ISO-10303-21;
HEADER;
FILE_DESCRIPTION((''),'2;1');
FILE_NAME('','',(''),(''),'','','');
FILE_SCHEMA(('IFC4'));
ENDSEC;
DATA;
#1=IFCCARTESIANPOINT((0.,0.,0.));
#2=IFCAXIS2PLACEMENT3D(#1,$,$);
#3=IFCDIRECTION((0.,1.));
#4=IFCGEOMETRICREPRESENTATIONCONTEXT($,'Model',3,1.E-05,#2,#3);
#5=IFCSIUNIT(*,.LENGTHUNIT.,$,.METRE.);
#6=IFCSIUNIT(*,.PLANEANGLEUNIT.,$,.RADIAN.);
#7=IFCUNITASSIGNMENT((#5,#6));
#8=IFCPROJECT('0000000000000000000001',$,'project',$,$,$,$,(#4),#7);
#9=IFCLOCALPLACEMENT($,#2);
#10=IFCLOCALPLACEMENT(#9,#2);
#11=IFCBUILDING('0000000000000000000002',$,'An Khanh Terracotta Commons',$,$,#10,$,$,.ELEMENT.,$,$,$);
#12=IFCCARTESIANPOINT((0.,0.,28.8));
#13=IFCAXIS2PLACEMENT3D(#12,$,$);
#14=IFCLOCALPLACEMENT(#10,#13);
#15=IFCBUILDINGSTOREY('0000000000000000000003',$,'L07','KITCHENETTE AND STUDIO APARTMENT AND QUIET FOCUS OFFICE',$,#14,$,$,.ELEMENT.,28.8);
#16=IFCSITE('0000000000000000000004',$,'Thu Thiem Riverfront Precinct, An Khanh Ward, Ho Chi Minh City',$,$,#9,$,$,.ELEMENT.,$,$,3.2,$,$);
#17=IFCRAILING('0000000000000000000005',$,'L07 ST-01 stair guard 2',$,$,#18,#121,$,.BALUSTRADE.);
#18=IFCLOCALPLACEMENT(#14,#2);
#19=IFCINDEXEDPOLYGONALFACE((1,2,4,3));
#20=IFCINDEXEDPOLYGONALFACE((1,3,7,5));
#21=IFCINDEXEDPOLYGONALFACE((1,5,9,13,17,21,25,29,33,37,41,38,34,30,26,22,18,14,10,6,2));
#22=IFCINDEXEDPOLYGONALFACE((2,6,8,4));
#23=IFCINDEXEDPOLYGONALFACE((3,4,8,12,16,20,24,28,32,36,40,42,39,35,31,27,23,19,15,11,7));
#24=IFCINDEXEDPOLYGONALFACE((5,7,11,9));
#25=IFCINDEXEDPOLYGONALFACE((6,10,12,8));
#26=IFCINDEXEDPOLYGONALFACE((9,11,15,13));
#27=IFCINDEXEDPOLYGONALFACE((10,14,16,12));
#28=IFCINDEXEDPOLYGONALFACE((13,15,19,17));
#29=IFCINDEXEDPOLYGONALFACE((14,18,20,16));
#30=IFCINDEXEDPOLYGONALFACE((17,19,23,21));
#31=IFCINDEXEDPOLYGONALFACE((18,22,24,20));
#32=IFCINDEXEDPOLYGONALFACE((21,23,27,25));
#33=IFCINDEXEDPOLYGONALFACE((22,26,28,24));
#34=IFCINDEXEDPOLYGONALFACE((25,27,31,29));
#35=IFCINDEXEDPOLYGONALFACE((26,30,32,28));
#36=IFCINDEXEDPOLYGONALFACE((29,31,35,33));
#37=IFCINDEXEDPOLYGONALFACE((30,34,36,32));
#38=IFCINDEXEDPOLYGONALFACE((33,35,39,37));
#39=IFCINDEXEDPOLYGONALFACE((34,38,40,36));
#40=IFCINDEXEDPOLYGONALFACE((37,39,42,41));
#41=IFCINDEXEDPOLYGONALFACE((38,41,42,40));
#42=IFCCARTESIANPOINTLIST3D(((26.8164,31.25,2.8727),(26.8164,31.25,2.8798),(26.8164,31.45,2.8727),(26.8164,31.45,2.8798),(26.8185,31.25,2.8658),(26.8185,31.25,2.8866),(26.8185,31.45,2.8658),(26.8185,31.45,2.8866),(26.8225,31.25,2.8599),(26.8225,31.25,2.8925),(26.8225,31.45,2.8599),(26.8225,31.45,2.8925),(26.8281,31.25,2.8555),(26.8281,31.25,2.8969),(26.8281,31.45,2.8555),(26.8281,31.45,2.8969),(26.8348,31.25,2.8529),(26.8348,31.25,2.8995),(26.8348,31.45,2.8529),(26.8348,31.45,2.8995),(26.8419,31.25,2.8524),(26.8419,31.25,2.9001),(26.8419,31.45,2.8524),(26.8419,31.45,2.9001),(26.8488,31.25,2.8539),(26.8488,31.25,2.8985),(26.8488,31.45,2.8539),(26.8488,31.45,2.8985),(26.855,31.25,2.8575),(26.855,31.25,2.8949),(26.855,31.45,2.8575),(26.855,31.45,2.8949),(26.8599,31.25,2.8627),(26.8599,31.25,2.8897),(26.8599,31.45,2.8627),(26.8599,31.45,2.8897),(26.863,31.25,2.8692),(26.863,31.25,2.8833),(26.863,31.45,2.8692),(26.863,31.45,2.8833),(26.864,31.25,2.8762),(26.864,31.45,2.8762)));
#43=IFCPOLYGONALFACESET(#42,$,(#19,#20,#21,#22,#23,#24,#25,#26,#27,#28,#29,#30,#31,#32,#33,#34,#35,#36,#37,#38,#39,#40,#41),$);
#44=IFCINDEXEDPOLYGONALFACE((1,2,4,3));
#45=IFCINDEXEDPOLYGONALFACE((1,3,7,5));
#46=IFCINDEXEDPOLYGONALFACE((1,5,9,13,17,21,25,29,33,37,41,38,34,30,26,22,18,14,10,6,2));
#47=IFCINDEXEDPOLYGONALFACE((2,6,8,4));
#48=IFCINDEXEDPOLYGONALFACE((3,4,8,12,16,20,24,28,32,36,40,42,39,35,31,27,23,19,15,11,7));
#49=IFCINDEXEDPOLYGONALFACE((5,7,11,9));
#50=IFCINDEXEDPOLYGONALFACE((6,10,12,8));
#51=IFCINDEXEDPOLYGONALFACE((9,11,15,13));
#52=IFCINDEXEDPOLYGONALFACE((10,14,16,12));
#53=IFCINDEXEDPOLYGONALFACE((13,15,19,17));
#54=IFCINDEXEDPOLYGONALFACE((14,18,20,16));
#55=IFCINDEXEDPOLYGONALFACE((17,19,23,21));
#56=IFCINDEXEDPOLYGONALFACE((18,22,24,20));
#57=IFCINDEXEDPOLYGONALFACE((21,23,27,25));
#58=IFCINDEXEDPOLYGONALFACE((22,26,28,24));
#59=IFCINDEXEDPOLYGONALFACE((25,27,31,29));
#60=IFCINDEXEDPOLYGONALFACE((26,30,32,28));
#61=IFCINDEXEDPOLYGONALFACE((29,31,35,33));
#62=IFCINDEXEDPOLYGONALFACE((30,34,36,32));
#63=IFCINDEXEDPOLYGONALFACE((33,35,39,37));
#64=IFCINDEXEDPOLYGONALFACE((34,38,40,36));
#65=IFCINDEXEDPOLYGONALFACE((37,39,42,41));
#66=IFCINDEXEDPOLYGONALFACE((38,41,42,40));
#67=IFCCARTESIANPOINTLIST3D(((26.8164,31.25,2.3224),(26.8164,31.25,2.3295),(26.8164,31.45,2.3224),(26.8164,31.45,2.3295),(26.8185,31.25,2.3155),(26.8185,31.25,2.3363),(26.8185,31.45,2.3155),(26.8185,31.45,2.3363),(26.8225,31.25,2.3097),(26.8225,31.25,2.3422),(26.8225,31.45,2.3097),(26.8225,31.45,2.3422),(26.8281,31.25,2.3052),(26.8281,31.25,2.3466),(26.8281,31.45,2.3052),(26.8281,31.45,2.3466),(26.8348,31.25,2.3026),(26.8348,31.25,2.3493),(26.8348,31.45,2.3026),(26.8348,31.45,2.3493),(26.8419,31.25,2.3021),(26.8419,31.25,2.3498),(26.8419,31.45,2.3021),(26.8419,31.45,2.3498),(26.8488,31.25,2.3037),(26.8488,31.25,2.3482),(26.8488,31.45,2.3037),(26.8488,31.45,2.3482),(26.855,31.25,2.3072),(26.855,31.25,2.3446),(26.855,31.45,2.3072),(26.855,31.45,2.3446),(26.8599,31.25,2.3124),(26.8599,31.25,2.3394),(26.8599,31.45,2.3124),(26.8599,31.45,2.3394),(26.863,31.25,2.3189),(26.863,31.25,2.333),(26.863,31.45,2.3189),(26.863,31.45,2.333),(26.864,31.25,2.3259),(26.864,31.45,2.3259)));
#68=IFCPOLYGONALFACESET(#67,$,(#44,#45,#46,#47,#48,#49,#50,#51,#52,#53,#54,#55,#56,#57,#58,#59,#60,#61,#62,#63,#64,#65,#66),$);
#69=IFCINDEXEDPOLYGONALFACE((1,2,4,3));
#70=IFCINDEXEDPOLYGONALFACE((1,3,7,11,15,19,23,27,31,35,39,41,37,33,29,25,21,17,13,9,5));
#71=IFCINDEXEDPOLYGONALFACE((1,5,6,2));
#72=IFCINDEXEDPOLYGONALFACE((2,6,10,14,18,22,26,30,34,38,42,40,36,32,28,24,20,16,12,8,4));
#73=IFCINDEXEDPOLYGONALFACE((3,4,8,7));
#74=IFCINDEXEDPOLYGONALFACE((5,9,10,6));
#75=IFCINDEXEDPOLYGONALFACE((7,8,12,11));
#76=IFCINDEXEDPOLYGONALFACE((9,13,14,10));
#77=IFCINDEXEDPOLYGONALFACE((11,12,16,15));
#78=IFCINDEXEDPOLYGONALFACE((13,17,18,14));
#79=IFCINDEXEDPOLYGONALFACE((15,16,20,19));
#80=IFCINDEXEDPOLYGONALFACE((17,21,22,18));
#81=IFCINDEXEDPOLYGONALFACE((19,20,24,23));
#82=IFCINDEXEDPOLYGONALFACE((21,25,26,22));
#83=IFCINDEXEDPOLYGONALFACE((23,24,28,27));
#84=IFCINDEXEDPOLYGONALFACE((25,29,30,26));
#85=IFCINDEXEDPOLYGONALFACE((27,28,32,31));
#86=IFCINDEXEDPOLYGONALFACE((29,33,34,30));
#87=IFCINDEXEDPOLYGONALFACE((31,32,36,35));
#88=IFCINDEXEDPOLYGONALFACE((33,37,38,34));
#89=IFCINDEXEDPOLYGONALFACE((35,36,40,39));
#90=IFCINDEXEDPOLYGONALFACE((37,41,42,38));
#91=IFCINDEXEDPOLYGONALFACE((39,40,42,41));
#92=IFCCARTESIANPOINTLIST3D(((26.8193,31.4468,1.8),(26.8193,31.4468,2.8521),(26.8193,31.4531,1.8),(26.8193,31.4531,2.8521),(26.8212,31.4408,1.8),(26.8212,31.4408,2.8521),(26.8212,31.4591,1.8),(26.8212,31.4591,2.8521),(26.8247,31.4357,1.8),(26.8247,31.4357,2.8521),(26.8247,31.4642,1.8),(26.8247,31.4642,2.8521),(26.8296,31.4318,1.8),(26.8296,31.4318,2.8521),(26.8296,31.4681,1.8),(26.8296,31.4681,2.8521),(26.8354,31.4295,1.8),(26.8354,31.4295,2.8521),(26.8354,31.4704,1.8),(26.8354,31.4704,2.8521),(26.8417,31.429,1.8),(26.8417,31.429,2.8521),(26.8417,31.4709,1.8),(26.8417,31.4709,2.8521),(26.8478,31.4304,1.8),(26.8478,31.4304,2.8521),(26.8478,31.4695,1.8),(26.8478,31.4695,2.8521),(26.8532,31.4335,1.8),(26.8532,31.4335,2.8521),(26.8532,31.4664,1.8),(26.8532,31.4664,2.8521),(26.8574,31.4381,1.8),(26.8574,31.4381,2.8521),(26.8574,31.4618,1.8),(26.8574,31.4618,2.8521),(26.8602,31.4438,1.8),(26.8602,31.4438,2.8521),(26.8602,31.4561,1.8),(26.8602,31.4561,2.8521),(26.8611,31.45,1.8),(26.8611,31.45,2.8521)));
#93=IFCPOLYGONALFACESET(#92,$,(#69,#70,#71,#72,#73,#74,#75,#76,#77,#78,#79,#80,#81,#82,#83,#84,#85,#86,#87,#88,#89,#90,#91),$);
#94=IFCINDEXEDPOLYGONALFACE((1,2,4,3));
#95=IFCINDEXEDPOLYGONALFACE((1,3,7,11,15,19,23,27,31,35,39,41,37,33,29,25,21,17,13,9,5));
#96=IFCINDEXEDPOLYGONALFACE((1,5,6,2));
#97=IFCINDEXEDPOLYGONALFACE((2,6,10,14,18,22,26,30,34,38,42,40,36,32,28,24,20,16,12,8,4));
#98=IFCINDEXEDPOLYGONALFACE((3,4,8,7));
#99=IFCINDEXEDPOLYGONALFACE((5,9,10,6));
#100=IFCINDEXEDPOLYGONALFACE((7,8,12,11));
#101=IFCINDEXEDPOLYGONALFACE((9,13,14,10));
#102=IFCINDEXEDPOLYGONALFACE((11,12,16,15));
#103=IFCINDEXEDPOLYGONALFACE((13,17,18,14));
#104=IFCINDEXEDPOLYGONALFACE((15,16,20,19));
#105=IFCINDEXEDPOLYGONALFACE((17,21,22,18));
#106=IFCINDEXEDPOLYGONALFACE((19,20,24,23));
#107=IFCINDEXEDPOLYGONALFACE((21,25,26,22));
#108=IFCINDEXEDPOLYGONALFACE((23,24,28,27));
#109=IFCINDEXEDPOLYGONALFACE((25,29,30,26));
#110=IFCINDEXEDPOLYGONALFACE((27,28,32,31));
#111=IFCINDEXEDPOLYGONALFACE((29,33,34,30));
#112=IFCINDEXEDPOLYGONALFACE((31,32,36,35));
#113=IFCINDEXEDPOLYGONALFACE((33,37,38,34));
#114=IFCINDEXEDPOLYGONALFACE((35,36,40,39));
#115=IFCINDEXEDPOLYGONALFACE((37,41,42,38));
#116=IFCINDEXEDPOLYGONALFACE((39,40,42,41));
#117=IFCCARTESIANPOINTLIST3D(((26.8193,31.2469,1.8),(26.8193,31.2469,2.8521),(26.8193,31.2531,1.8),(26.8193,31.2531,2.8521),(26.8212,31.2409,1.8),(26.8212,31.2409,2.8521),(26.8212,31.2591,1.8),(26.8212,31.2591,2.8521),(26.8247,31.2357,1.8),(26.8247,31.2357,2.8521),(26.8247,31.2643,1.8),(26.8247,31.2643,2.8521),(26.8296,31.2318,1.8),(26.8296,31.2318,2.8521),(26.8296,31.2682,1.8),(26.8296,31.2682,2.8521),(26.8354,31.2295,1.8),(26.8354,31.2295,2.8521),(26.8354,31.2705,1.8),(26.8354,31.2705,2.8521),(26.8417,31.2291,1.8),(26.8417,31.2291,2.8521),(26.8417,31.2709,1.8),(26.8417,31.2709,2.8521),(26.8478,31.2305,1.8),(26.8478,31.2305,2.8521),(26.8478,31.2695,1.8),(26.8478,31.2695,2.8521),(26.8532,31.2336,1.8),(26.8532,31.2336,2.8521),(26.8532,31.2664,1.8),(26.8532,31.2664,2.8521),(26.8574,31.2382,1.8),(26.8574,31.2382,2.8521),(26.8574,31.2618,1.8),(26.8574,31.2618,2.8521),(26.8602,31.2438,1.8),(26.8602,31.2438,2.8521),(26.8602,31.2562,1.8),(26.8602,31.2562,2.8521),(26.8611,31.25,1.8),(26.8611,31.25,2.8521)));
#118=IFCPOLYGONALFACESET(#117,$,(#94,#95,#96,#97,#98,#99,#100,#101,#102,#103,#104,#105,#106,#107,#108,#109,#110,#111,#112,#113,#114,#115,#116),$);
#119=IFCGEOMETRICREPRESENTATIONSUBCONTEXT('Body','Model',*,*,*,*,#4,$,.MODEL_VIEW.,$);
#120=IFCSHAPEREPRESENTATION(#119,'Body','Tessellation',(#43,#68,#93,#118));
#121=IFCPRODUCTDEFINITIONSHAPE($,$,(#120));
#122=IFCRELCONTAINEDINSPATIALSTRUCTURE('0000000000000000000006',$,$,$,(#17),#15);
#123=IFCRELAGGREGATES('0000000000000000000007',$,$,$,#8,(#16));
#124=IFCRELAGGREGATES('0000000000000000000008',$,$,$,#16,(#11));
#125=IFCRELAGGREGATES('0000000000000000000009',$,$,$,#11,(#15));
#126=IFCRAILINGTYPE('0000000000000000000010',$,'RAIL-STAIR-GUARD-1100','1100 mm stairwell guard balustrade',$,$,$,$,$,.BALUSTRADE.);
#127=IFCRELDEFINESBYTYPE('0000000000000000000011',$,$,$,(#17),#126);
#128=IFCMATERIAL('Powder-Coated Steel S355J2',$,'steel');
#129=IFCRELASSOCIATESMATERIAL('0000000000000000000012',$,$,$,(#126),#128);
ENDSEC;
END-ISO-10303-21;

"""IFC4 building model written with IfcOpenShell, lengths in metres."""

from ifc_helpers import new_model, si_unit, direction, frame, origin, origin_2d, place, context, subcontext, project, spatial, circle, extrude, material, type_object, element, save


model = new_model("IFC4")

# Units and contexts
model_context = context("Model", 3, precision=1e-05, world=origin(), true_north=direction((0.0, 1.0)))
body_context = subcontext(model_context, "Body", "Model", "MODEL_VIEW")
ifc_project = project(units=[si_unit("LENGTHUNIT", "METRE"), si_unit("PLANEANGLEUNIT", "RADIAN")], contexts=[model_context])

# Site, building, storey
site_placement = place(None, origin())
site = spatial("IfcSite", under=ifc_project, at=site_placement, Name="Thu Thiem Riverfront Precinct, An Khanh Ward, Ho Chi Minh City", CompositionType="ELEMENT", RefElevation=3.2)
building_placement = place(site_placement, origin())
building = spatial("IfcBuilding", under=site, at=building_placement, Name="An Khanh Terracotta Commons", CompositionType="ELEMENT")
storey_placement = place(building_placement, frame((0.0, 0.0, 28.8)))
storey = spatial("IfcBuildingStorey", under=building, at=storey_placement, Name="L07", Description="KITCHENETTE AND STUDIO APARTMENT AND QUIET FOCUS OFFICE", CompositionType="ELEMENT", Elevation=28.8)

# Railing
ifc_material_1 = material(Name="Powder-Coated Steel S355J2", Category="steel")
railing_type_1 = type_object("IfcRailingType", Name="RAIL-STAIR-GUARD-1100", Description="1100 mm stairwell guard balustrade", PredefinedType="BALUSTRADE", material=ifc_material_1)
railing_1_placement = place(storey_placement, frame((26.8401, 31.45, 1.8)))
element("IfcRailing", 1, at=railing_1_placement, inside=storey, type_object=railing_type_1, Name="L07 ST-01 stair guard 2", PredefinedType="BALUSTRADE", context=body_context, shape_type="SweptSolid", body=[
    extrude(circle(Radius=0.0239, at=origin_2d()), frame((0.0, 0.0, 1.0762), z_axis=(0.0, -1.0, 0.0), x_axis=(1.0, 0.0, 0.0)), (0.0, 0.0, 1.0), 0.2),
    extrude(circle(Radius=0.0239, at=origin_2d()), frame((0.0, 0.0, 0.5259), z_axis=(0.0, -1.0, 0.0), x_axis=(1.0, 0.0, 0.0)), (0.0, 0.0, 1.0), 0.2),
    extrude(circle(Radius=0.021, at=origin_2d()), origin(), (0.0, 0.0, 1.0), 1.052),
    extrude(circle(Radius=0.021, at=origin_2d()), frame((0.0, -0.2, 0.0)), (0.0, 0.0, 1.0), 1.052),
])

save(model, "model.ifc")
